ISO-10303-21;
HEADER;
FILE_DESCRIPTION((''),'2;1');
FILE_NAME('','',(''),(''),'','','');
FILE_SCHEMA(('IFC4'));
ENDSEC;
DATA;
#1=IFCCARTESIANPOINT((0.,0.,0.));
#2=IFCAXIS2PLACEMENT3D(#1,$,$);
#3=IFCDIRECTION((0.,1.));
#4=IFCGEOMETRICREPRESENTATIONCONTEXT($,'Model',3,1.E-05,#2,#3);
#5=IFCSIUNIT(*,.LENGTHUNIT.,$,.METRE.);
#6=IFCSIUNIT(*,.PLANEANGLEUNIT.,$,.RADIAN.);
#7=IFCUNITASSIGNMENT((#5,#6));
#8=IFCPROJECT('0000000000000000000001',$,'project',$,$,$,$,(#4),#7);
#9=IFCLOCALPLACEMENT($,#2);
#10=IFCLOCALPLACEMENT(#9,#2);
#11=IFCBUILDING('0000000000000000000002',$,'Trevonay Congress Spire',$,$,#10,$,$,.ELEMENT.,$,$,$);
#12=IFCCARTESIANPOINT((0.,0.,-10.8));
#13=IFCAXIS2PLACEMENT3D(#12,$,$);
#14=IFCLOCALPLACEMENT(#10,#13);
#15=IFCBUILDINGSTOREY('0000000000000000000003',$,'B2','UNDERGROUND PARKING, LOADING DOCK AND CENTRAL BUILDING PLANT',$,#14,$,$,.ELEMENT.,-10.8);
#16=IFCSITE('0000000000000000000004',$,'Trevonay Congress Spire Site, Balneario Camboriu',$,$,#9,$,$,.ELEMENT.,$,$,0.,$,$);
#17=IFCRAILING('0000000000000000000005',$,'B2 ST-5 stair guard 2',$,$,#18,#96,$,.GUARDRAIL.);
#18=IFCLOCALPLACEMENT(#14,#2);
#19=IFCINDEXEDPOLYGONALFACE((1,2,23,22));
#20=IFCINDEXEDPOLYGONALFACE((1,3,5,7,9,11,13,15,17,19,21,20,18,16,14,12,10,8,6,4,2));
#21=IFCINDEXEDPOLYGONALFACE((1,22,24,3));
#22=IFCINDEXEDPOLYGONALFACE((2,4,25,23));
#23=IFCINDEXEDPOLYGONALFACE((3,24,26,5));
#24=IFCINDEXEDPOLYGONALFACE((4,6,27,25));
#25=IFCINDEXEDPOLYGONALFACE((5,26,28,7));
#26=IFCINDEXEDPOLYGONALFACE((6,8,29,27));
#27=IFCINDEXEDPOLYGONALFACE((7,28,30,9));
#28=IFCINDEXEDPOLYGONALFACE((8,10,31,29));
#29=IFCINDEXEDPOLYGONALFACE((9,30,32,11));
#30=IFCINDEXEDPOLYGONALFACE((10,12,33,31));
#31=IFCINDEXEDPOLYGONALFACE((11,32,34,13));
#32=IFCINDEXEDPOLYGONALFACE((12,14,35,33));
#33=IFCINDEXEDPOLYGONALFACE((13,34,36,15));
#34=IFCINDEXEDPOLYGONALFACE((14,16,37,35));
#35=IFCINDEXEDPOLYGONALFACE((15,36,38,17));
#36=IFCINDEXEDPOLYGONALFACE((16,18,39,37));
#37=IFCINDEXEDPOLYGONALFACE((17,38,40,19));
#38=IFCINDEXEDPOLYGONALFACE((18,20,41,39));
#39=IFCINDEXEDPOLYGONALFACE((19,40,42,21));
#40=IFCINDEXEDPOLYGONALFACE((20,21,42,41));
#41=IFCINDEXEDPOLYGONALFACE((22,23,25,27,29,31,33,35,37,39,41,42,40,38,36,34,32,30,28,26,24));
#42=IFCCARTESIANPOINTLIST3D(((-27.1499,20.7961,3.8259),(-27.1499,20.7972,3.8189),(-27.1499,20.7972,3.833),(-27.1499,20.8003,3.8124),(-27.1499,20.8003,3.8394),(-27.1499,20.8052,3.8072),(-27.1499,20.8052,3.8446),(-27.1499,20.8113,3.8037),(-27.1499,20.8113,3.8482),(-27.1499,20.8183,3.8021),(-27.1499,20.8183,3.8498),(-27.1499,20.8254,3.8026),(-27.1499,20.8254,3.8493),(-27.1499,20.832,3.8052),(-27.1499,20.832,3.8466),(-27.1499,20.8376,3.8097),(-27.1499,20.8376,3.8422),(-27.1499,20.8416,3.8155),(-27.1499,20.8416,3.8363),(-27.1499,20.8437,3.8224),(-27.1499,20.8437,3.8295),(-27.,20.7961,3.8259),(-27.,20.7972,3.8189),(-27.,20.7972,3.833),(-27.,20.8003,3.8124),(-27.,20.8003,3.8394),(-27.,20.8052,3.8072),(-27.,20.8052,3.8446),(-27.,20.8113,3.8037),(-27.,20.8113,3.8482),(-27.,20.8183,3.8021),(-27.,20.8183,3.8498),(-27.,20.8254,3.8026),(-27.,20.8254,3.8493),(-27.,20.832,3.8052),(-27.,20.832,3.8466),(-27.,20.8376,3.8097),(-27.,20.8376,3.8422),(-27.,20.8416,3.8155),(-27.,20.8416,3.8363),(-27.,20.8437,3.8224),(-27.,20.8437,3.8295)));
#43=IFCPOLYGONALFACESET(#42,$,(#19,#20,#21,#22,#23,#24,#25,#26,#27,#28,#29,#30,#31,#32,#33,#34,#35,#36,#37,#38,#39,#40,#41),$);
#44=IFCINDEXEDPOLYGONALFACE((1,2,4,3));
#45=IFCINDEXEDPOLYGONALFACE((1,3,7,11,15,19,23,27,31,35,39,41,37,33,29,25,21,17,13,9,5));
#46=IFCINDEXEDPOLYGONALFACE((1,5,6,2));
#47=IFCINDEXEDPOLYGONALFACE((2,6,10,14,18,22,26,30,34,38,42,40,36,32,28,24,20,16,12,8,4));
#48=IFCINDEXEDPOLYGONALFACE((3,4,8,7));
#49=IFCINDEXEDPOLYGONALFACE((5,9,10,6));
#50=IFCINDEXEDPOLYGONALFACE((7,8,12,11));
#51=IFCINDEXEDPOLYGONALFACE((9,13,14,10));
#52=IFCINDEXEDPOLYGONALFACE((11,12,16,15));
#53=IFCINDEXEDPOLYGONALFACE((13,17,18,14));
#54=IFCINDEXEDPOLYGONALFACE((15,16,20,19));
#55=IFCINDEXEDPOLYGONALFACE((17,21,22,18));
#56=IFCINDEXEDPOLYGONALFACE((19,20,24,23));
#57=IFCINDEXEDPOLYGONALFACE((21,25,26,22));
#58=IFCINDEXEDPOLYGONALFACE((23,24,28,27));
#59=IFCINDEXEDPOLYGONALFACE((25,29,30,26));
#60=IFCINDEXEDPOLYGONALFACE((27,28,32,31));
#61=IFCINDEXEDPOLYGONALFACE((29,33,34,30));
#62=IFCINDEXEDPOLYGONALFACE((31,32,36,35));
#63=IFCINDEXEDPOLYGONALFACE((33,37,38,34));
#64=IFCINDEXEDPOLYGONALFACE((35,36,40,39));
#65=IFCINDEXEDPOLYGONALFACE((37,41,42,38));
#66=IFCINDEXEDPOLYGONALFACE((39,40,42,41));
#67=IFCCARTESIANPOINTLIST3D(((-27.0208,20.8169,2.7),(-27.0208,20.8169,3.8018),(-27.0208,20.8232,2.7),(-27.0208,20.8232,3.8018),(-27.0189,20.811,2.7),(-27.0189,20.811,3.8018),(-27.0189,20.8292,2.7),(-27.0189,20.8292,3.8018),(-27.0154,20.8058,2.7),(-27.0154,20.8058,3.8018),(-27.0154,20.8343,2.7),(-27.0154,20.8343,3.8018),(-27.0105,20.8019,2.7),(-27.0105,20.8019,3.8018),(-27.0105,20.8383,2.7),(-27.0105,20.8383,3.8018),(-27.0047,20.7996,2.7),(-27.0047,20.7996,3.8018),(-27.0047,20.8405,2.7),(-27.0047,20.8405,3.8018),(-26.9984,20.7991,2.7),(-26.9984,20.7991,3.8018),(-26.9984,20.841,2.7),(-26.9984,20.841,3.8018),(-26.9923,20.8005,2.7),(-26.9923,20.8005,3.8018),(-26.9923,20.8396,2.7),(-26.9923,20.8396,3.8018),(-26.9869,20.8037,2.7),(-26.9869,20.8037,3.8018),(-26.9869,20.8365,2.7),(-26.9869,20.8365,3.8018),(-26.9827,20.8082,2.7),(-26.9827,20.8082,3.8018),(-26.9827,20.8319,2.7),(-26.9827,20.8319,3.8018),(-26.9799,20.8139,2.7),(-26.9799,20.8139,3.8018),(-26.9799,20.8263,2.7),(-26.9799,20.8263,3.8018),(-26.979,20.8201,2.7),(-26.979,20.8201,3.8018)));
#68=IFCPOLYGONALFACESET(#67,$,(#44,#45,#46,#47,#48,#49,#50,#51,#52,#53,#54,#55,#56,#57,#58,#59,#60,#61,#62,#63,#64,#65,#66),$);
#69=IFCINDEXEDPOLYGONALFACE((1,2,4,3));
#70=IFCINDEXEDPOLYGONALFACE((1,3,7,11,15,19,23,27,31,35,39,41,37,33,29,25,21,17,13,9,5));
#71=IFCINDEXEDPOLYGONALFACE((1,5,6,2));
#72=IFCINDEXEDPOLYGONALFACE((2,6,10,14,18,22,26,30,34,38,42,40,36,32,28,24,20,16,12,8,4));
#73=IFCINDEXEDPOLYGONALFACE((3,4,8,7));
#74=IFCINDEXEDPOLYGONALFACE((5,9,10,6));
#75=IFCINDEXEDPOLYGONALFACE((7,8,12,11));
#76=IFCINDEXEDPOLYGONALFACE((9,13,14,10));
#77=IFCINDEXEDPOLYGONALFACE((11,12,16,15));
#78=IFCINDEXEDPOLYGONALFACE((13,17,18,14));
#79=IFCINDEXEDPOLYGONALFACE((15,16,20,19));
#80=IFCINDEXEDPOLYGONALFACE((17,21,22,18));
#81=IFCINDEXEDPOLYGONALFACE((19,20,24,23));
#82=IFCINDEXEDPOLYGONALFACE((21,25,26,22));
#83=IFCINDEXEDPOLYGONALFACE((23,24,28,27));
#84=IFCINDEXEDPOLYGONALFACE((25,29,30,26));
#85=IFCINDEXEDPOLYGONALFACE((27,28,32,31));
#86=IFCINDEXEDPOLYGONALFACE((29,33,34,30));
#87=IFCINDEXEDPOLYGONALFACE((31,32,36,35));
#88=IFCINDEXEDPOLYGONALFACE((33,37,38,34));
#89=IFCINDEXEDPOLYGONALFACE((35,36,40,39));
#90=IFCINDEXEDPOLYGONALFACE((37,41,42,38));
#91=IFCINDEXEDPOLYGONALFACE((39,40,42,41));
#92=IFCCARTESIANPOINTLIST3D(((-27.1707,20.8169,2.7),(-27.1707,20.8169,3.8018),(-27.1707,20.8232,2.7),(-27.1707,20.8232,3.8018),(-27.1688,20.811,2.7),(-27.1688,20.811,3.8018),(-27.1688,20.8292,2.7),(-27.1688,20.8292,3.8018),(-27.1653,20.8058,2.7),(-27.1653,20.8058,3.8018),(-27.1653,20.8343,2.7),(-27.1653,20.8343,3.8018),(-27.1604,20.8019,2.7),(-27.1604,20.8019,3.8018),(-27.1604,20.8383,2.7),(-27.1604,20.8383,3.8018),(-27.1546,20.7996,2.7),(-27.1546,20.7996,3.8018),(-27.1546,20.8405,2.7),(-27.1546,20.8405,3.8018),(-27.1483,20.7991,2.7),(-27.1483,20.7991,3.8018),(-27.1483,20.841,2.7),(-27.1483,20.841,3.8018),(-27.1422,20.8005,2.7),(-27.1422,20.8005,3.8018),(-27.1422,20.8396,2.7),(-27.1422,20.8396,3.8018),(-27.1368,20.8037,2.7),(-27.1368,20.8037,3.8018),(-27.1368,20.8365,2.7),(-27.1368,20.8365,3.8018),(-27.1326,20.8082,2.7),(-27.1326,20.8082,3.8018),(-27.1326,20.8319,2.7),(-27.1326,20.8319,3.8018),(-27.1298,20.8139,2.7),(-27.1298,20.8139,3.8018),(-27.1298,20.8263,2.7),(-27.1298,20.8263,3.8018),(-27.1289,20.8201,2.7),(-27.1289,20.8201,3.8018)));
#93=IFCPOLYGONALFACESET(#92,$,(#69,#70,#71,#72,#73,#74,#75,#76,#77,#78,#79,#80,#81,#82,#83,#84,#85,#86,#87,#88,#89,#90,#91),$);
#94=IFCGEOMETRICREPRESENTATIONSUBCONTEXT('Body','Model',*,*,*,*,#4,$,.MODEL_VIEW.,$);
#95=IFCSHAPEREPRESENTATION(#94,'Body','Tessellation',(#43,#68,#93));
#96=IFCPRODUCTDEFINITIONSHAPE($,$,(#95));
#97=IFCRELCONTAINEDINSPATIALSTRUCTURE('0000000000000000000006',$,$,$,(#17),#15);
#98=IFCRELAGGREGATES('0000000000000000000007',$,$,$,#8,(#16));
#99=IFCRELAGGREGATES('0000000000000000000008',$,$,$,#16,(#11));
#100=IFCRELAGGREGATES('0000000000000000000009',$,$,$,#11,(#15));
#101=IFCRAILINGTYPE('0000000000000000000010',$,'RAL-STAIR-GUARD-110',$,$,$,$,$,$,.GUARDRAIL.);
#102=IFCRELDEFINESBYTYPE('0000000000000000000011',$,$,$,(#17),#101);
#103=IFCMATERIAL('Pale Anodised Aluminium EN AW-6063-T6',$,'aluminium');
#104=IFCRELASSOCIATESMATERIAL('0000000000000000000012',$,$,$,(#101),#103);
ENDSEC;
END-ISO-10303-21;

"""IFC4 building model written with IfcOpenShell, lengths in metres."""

from ifc_helpers import new_model, si_unit, direction, frame, origin, origin_2d, place, context, subcontext, project, spatial, circle, extrude, material, type_object, element, save


model = new_model("IFC4")

# Units and contexts
model_context = context("Model", 3, precision=1e-05, world=origin(), true_north=direction((0.0, 1.0)))
body_context = subcontext(model_context, "Body", "Model", "MODEL_VIEW")
ifc_project = project(units=[si_unit("LENGTHUNIT", "METRE"), si_unit("PLANEANGLEUNIT", "RADIAN")], contexts=[model_context])

# Site, building, storey
site_placement = place(None, origin())
site = spatial("IfcSite", under=ifc_project, at=site_placement, Name="Trevonay Congress Spire Site, Balneario Camboriu", CompositionType="ELEMENT", RefElevation=0.0)
building_placement = place(site_placement, origin())
building = spatial("IfcBuilding", under=site, at=building_placement, Name="Trevonay Congress Spire", CompositionType="ELEMENT")
storey_placement = place(building_placement, frame((0.0, 0.0, -10.8)))
storey = spatial("IfcBuildingStorey", under=building, at=storey_placement, Name="B2", Description="UNDERGROUND PARKING, LOADING DOCK AND CENTRAL BUILDING PLANT", CompositionType="ELEMENT", Elevation=-10.8)

# Railing
ifc_material_1 = material(Name="Pale Anodised Aluminium EN AW-6063-T6", Category="aluminium")
railing_type_1 = type_object("IfcRailingType", Name="RAL-STAIR-GUARD-110", PredefinedType="GUARDRAIL", material=ifc_material_1)
railing_1_placement = place(storey_placement, frame((-27.0, 20.8201, 2.7)))
element("IfcRailing", 1, at=railing_1_placement, inside=storey, type_object=railing_type_1, Name="B2 ST-5 stair guard 2", PredefinedType="GUARDRAIL", context=body_context, shape_type="SweptSolid", body=[
    extrude(circle(Radius=0.0239, at=origin_2d()), frame((0.0, 0.0, 1.126), z_axis=(-1.0, 0.0, 0.0), x_axis=(0.0, -1.0, 0.0)), (0.0, 0.0, 1.0), 0.1499),
    extrude(circle(Radius=0.021, at=origin_2d()), origin(), (0.0, 0.0, 1.0), 1.1018),
    extrude(circle(Radius=0.021, at=origin_2d()), frame((-0.1499, 0.0, 0.0)), (0.0, 0.0, 1.0), 1.1018),
])

save(model, "model.ifc")
